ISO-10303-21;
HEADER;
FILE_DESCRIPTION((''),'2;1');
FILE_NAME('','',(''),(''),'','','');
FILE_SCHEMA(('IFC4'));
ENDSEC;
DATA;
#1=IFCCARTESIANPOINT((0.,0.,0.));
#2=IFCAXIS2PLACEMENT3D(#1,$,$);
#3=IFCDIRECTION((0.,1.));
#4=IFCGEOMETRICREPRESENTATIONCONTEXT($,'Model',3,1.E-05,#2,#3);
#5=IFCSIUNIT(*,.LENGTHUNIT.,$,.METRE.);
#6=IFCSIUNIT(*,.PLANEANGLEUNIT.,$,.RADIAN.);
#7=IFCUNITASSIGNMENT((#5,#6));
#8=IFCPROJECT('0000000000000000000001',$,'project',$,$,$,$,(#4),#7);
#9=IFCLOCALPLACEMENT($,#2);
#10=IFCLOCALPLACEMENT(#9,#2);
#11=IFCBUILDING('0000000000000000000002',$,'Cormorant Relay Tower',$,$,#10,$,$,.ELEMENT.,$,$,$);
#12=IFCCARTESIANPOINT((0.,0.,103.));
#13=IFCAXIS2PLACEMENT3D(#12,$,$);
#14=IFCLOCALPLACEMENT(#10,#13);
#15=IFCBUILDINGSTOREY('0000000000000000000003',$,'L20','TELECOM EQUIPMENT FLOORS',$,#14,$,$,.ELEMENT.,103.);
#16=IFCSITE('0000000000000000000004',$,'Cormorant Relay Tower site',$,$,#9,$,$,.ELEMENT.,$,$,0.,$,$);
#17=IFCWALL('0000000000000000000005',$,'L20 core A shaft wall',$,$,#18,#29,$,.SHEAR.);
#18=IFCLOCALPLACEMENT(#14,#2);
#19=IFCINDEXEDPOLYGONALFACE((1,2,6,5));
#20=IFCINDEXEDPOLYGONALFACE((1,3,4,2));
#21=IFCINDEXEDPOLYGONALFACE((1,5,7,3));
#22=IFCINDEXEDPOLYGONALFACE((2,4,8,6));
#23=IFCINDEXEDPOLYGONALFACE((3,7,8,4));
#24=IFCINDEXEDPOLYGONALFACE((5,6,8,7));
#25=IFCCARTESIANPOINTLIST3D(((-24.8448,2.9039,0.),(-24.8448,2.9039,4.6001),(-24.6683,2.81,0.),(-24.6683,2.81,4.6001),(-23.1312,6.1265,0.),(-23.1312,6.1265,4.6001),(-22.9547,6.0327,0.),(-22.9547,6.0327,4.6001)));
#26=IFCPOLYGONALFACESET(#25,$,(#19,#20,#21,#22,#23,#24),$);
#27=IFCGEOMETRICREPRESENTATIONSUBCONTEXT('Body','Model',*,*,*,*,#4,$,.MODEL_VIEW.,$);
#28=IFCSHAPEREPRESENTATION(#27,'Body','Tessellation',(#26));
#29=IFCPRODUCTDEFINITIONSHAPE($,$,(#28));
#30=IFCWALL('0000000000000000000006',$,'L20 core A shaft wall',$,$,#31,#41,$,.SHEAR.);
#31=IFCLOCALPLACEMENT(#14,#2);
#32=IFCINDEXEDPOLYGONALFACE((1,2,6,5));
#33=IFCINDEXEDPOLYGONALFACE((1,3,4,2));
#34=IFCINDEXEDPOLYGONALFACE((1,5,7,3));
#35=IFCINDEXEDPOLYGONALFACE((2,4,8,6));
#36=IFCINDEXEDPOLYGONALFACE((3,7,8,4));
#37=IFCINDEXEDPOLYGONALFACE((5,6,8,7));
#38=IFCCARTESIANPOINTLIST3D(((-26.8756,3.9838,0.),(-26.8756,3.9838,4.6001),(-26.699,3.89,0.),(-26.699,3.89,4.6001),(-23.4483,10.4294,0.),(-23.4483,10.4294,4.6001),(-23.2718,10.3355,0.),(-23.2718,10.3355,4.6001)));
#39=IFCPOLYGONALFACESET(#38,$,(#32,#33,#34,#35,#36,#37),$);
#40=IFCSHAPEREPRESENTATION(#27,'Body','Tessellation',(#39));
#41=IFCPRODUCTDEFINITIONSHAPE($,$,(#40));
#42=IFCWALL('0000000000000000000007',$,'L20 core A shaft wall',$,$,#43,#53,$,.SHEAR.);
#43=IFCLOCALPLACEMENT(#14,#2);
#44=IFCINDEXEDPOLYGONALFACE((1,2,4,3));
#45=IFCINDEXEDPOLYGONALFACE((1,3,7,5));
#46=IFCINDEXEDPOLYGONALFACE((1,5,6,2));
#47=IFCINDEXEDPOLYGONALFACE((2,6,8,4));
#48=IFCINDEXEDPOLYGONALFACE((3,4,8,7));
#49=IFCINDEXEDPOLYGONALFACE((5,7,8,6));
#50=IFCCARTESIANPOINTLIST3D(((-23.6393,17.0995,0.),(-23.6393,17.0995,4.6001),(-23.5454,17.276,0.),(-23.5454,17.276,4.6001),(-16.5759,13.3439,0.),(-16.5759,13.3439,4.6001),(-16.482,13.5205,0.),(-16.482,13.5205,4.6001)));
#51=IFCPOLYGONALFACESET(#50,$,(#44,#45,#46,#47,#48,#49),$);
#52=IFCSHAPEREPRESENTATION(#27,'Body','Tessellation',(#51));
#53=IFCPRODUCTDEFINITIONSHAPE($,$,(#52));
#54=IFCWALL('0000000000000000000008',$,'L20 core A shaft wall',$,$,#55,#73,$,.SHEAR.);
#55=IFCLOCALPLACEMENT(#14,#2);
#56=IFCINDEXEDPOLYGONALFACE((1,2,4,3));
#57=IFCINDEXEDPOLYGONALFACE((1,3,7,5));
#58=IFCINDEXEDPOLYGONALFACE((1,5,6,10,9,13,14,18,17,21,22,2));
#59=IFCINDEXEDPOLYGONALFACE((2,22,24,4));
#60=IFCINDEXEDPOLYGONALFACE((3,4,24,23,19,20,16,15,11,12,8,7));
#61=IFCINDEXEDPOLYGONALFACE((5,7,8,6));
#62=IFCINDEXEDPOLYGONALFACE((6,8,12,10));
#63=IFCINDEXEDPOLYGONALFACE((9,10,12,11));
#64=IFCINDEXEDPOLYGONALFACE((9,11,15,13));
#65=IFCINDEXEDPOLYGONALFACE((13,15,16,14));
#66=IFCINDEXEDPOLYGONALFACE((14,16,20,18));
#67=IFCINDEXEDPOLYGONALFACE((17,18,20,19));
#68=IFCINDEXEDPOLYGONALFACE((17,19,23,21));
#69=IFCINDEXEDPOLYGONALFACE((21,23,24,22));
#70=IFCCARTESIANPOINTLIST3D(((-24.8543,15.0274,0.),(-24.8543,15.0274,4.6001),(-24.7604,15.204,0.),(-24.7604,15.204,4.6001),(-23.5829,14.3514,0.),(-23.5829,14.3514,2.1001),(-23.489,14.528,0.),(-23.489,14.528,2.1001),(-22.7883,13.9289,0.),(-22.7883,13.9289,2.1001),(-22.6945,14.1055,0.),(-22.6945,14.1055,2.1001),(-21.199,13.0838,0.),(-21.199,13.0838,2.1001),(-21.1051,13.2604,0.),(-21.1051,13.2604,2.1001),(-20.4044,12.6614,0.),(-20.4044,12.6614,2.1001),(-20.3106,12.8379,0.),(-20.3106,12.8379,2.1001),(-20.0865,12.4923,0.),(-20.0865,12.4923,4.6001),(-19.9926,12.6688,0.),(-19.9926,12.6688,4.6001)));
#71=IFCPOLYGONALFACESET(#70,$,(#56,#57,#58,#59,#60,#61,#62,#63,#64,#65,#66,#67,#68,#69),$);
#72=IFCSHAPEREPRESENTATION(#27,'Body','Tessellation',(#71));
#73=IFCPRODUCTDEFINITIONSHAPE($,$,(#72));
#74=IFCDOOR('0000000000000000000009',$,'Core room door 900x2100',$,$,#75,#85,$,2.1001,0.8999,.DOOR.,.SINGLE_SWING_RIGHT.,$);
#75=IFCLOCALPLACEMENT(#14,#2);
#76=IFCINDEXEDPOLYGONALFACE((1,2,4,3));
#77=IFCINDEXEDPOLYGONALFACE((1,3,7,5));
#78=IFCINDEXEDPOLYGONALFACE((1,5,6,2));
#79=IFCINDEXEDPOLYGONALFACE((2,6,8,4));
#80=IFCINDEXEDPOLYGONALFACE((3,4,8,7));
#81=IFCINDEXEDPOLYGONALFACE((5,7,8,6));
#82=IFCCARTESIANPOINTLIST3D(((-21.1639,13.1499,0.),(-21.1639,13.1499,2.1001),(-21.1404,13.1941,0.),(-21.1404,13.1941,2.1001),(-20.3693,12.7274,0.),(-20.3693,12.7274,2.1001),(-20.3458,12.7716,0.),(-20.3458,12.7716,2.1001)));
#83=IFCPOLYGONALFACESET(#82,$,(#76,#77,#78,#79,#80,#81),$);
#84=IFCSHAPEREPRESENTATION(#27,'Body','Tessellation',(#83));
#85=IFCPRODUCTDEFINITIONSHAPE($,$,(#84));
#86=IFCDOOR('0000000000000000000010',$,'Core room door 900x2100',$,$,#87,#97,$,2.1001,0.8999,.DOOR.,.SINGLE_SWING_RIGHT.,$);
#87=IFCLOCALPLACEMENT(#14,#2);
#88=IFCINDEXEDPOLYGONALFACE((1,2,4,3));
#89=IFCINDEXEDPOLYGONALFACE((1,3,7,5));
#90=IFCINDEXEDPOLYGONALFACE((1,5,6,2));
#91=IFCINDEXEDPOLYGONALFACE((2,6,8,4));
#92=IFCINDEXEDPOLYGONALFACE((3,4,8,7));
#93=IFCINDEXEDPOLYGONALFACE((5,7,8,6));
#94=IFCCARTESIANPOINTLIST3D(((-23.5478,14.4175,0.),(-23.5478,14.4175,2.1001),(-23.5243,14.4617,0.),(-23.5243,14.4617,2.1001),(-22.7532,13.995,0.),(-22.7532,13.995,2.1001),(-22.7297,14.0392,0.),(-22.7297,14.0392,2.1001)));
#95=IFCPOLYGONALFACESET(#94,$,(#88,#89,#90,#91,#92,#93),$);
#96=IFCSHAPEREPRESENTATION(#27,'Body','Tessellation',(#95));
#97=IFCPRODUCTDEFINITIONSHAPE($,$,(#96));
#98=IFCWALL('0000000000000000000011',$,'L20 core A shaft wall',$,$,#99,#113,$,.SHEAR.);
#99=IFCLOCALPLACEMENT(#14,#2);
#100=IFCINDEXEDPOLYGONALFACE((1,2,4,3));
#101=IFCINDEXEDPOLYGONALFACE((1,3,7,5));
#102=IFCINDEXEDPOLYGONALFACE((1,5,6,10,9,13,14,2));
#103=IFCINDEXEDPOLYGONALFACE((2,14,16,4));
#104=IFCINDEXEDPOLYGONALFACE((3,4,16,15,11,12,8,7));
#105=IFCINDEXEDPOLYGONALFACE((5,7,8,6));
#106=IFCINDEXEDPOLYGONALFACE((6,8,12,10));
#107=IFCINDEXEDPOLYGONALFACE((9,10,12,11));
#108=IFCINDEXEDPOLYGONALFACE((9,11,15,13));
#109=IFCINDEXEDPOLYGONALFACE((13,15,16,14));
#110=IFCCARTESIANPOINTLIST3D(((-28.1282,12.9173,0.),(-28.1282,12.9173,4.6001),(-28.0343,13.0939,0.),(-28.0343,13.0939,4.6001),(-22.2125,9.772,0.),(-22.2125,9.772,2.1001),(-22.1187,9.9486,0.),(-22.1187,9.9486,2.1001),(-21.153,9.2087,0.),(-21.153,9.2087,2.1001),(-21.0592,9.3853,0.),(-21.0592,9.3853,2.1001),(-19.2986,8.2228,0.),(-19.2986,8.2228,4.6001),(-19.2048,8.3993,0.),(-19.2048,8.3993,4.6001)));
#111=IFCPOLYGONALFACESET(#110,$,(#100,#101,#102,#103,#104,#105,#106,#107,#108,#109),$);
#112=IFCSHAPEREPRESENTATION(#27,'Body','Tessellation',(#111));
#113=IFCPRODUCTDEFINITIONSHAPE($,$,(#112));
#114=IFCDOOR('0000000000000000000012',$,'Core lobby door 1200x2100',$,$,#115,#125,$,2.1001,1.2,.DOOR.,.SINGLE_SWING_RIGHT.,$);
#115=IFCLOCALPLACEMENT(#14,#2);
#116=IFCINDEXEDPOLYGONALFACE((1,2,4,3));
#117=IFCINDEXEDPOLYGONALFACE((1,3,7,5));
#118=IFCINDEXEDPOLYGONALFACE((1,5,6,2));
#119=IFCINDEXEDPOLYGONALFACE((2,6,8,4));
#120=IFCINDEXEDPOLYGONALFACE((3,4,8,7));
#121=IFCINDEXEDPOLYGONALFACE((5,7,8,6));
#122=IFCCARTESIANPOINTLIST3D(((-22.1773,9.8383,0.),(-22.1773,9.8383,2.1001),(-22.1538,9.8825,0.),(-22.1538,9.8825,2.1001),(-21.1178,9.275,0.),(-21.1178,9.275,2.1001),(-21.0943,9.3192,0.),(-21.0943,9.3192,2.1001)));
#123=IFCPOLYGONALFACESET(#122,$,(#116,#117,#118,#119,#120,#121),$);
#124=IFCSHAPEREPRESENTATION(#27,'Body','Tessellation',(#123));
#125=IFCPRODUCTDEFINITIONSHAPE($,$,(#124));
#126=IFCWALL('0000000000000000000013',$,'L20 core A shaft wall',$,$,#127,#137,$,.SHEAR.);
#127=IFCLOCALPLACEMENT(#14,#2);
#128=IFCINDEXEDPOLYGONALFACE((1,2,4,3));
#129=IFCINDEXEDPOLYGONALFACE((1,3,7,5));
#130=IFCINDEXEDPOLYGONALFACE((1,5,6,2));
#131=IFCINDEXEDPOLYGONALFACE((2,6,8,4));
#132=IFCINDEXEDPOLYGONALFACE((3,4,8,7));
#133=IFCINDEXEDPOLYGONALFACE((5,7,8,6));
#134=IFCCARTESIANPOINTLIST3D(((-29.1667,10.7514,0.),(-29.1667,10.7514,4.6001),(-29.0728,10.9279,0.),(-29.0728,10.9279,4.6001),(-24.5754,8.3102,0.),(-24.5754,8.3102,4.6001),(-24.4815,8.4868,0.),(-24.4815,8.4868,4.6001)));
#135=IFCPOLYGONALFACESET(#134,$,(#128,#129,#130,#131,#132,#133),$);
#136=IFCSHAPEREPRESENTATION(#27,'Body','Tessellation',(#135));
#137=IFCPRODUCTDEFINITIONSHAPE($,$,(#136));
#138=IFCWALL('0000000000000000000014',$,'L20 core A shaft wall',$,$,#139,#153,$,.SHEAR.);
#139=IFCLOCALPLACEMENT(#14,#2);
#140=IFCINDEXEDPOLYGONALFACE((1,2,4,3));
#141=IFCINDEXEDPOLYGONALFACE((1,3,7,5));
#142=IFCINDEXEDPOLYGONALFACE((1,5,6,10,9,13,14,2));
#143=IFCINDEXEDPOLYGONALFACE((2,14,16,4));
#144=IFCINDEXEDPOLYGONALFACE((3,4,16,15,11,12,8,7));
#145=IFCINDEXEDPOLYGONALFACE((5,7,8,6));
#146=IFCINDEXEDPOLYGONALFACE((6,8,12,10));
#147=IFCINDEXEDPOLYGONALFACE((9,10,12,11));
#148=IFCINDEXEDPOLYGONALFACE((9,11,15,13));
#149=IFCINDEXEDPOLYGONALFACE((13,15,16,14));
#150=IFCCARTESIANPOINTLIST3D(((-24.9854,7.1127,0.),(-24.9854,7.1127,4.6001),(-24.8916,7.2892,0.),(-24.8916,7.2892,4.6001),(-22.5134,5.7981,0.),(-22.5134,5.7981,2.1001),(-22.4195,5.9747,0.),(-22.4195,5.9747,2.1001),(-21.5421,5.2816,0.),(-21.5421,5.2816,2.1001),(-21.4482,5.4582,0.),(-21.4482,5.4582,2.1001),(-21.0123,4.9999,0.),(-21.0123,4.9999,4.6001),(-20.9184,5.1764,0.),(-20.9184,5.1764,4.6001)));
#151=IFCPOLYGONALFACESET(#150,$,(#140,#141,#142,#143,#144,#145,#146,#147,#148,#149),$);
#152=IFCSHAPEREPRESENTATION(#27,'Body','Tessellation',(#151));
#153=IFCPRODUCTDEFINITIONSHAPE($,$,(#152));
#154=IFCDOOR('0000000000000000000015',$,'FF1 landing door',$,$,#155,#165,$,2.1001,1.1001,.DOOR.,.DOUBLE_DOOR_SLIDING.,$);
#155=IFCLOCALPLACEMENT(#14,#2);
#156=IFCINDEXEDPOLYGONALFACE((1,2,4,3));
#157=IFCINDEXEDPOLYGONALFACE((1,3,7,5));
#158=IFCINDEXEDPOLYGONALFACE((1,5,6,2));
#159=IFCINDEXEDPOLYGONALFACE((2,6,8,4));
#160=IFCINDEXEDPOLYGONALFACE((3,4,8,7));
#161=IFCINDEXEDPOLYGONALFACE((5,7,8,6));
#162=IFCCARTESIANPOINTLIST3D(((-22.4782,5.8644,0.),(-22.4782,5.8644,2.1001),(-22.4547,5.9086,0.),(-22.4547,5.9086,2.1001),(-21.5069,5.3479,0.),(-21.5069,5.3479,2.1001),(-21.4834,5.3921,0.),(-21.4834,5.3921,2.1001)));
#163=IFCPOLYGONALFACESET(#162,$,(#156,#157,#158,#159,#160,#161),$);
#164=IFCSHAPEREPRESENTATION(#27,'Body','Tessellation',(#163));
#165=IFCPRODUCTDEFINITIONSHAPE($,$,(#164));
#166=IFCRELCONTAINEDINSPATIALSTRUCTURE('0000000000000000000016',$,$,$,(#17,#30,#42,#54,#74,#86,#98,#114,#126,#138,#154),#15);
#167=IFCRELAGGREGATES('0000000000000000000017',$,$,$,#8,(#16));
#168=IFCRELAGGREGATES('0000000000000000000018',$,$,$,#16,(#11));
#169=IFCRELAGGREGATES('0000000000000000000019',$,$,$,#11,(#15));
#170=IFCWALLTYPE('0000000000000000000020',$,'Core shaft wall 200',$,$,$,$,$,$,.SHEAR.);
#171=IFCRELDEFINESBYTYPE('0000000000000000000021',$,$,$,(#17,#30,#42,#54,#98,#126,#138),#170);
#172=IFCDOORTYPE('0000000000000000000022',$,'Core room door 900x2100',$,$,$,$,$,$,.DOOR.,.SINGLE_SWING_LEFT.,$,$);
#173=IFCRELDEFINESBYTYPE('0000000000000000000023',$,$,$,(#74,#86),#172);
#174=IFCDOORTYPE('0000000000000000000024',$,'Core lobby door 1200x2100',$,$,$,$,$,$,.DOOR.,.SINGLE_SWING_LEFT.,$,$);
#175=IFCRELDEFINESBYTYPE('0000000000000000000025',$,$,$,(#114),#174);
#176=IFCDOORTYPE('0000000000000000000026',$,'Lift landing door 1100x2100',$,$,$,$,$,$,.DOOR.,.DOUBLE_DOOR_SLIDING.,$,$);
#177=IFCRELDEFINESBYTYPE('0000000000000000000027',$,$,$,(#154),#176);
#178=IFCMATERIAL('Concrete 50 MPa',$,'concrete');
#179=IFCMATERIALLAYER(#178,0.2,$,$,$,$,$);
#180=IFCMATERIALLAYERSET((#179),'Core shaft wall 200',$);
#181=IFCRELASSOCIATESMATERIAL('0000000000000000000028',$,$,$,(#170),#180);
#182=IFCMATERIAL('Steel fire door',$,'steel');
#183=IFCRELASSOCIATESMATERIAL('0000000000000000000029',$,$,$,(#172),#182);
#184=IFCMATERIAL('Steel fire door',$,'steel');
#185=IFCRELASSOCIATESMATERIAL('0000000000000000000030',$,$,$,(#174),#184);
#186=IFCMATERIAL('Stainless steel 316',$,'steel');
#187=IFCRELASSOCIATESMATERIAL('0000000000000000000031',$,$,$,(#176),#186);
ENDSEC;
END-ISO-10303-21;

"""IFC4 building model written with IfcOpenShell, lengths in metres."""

from ifc_helpers import new_model, si_unit, direction, frame, frame_2d, origin, place, context, subcontext, project, spatial, rectangle, extrude, material, layer, layer_set, type_object, element, fill, save


model = new_model("IFC4")

# Units and contexts
model_context = context("Model", 3, precision=1e-05, world=origin(), true_north=direction((0.0, 1.0)))
body_context = subcontext(model_context, "Body", "Model", "MODEL_VIEW")
ifc_project = project(units=[si_unit("LENGTHUNIT", "METRE"), si_unit("PLANEANGLEUNIT", "RADIAN")], contexts=[model_context])

# Site, building, storey
site_placement = place(None, origin())
site = spatial("IfcSite", under=ifc_project, at=site_placement, Name="Cormorant Relay Tower site", CompositionType="ELEMENT", RefElevation=0.0)
building_placement = place(site_placement, origin())
building = spatial("IfcBuilding", under=site, at=building_placement, Name="Cormorant Relay Tower", CompositionType="ELEMENT")
storey_placement = place(building_placement, frame((0.0, 0.0, 103.0)))
storey = spatial("IfcBuildingStorey", under=building, at=storey_placement, Name="L20", Description="TELECOM EQUIPMENT FLOORS", CompositionType="ELEMENT", Elevation=103.0)

# Walls
ifc_material_1 = material(Name="Concrete 50 MPa", Category="concrete")
ifc_layer_1 = layer(ifc_material_1, 0.2)
ifc_layer_set_1 = layer_set([ifc_layer_1], Name="Core shaft wall 200")
wall_type_1 = type_object("IfcWallType", Name="Core shaft wall 200", PredefinedType="SHEAR", material=ifc_layer_set_1)
wall_1_placement = place(storey_placement, frame((-23.043, 6.0796, 0.0), z_axis=(0.0, 0.0, 1.0), x_axis=(-0.469494, -0.882936, 0.0)))
element("IfcWall", 1, at=wall_1_placement, inside=storey, type_object=wall_type_1, Name="L20 core A shaft wall", PredefinedType="SHEAR", context=body_context, shape_type="SweptSolid", body=[
    extrude(rectangle(XDim=3.6499, YDim=0.2, at=frame_2d((1.825, 0.0))), origin(), (0.0, 0.0, 1.0), 4.6001),
])
wall_2_placement = place(storey_placement, frame((-23.3601, 10.3823, 0.0), z_axis=(0.0, 0.0, 1.0), x_axis=(-0.46948, -0.882943, 0.0)))
element("IfcWall", 2, at=wall_2_placement, inside=storey, type_object=wall_type_1, Name="L20 core A shaft wall", PredefinedType="SHEAR", context=body_context, shape_type="SweptSolid", body=[
    extrude(rectangle(XDim=7.3, YDim=0.2, at=frame_2d((3.6499, 0.0))), origin(), (0.0, 0.0, 1.0), 4.6001),
])
wall_3_placement = place(storey_placement, frame((-16.5288, 13.4321, 0.0), z_axis=(0.0, 0.0, 1.0), x_axis=(-0.882953, 0.469462, 0.0)))
element("IfcWall", 3, at=wall_3_placement, inside=storey, type_object=wall_type_1, Name="L20 core A shaft wall", PredefinedType="SHEAR", context=body_context, shape_type="SweptSolid", body=[
    extrude(rectangle(XDim=7.9998, YDim=0.2, at=frame_2d((4.0, 0.0))), origin(), (0.0, 0.0, 1.0), 4.6001),
])

# Wall, openings, doors
wall_4_placement = place(storey_placement, frame((-20.0396, 12.5806, 0.0), z_axis=(0.0, 0.0, 1.0), x_axis=(-0.882943, 0.46948, 0.0)))
wall_4 = element("IfcWall", 4, at=wall_4_placement, inside=storey, type_object=wall_type_1, Name="L20 core A shaft wall", PredefinedType="SHEAR", context=body_context, shape_type="SweptSolid", body=[
    extrude(rectangle(XDim=5.3999, YDim=0.2, at=frame_2d((2.7, 0.0))), origin(), (0.0, 0.0, 1.0), 4.6001),
])
opening_1_placement = place(wall_4_placement, frame((0.3601, 0.0, 0.0)))
opening_1 = element("IfcOpeningElement", 5, at=opening_1_placement, cuts=wall_4, PredefinedType="OPENING", context=body_context, shape_type="SweptSolid", body=[
    extrude(rectangle(XDim=0.8999, YDim=2.1001, at=frame_2d((0.45, 1.05))), frame((0.0, 0.1099, 0.0), z_axis=(0.0, -1.0, 0.0), x_axis=(1.0, 0.0, 0.0)), (0.0, 0.0, 1.0), 0.22),
])
opening_2_placement = place(wall_4_placement, frame((3.0601, 0.0, 0.0)))
opening_2 = element("IfcOpeningElement", 6, at=opening_2_placement, cuts=wall_4, PredefinedType="OPENING", context=body_context, shape_type="SweptSolid", body=[
    extrude(rectangle(XDim=0.8999, YDim=2.1001, at=frame_2d((0.45, 1.05))), frame((0.0, 0.1099, 0.0), z_axis=(0.0, -1.0, 0.0), x_axis=(1.0, 0.0, 0.0)), (0.0, 0.0, 1.0), 0.22),
])
ifc_material_2 = material(Name="Steel fire door", Category="steel")
door_type_1 = type_object("IfcDoorType", Name="Core room door 900x2100", OperationType="SINGLE_SWING_LEFT", PredefinedType="DOOR", material=ifc_material_2)
door_1_placement = place(opening_1_placement, frame((0.8999, 0.0, 0.0), z_axis=(0.0, 0.0, 1.0), x_axis=(-1.0, 0.0, 0.0)))
door_1 = element("IfcDoor", 7, at=door_1_placement, inside=storey, type_object=door_type_1, Name="Core room door 900x2100", OperationType="SINGLE_SWING_RIGHT", OverallHeight=2.1001, OverallWidth=0.8999, PredefinedType="DOOR", context=body_context, shape_type="SweptSolid", body=[
    extrude(rectangle(XDim=0.8999, YDim=2.1001, at=frame_2d((0.45, 1.05))), frame((0.0, 0.0249, 0.0), z_axis=(0.0, -1.0, 0.0), x_axis=(1.0, 0.0, 0.0)), (0.0, 0.0, 1.0), 0.05),
])
fill(opening_1, door_1)
door_2_placement = place(opening_2_placement, frame((0.8999, 0.0, 0.0), z_axis=(0.0, 0.0, 1.0), x_axis=(-1.0, 0.0, 0.0)))
door_2 = element("IfcDoor", 8, at=door_2_placement, inside=storey, type_object=door_type_1, Name="Core room door 900x2100", OperationType="SINGLE_SWING_RIGHT", OverallHeight=2.1001, OverallWidth=0.8999, PredefinedType="DOOR", context=body_context, shape_type="SweptSolid", body=[
    extrude(rectangle(XDim=0.8999, YDim=2.1001, at=frame_2d((0.45, 1.05))), frame((0.0, 0.0249, 0.0), z_axis=(0.0, -1.0, 0.0), x_axis=(1.0, 0.0, 0.0)), (0.0, 0.0, 1.0), 0.05),
])
fill(opening_2, door_2)

# Wall, opening, door
wall_5_placement = place(storey_placement, frame((-19.2517, 8.311, 0.0), z_axis=(0.0, 0.0, 1.0), x_axis=(-0.882956, 0.469456, 0.0)))
wall_5 = element("IfcWall", 9, at=wall_5_placement, inside=storey, type_object=wall_type_1, Name="L20 core A shaft wall", PredefinedType="SHEAR", context=body_context, shape_type="SweptSolid", body=[
    extrude(rectangle(XDim=10.0, YDim=0.2, at=frame_2d((5.0, 0.0))), origin(), (0.0, 0.0, 1.0), 4.6001),
])
opening_3_placement = place(wall_5_placement, frame((2.1001, 0.0, 0.0)))
opening_3 = element("IfcOpeningElement", 10, at=opening_3_placement, cuts=wall_5, PredefinedType="OPENING", context=body_context, shape_type="SweptSolid", body=[
    extrude(rectangle(XDim=1.2, YDim=2.1001, at=frame_2d((0.6001, 1.05))), frame((0.0, 0.1099, 0.0), z_axis=(0.0, -1.0, 0.0), x_axis=(1.0, 0.0, 0.0)), (0.0, 0.0, 1.0), 0.22),
])
ifc_material_3 = material(Name="Steel fire door", Category="steel")
door_type_2 = type_object("IfcDoorType", Name="Core lobby door 1200x2100", OperationType="SINGLE_SWING_LEFT", PredefinedType="DOOR", material=ifc_material_3)
door_3_placement = place(opening_3_placement, origin())
door_3 = element("IfcDoor", 11, at=door_3_placement, inside=storey, type_object=door_type_2, Name="Core lobby door 1200x2100", OperationType="SINGLE_SWING_RIGHT", OverallHeight=2.1001, OverallWidth=1.2, PredefinedType="DOOR", context=body_context, shape_type="SweptSolid", body=[
    extrude(rectangle(XDim=1.2, YDim=2.1001, at=frame_2d((0.6001, 1.05))), frame((0.0, 0.0249, 0.0), z_axis=(0.0, -1.0, 0.0), x_axis=(1.0, 0.0, 0.0)), (0.0, 0.0, 1.0), 0.05),
])
fill(opening_3, door_3)

# Wall
wall_6_placement = place(storey_placement, frame((-24.5283, 8.3984, 0.0), z_axis=(0.0, 0.0, 1.0), x_axis=(-0.882954, 0.46946, 0.0)))
element("IfcWall", 12, at=wall_6_placement, inside=storey, type_object=wall_type_1, Name="L20 core A shaft wall", PredefinedType="SHEAR", context=body_context, shape_type="SweptSolid", body=[
    extrude(rectangle(XDim=5.2, YDim=0.2, at=frame_2d((2.6001, 0.0))), origin(), (0.0, 0.0, 1.0), 4.6001),
])

# Wall, opening, door
wall_7_placement = place(storey_placement, frame((-20.9653, 5.0881, 0.0), z_axis=(0.0, 0.0, 1.0), x_axis=(-0.882926, 0.469512, 0.0)))
wall_7 = element("IfcWall", 13, at=wall_7_placement, inside=storey, type_object=wall_type_1, Name="L20 core A shaft wall", PredefinedType="SHEAR", context=body_context, shape_type="SweptSolid", body=[
    extrude(rectangle(XDim=4.5, YDim=0.2, at=frame_2d((2.25, 0.0))), origin(), (0.0, 0.0, 1.0), 4.6001),
])
opening_4_placement = place(wall_7_placement, frame((0.6001, 0.0, 0.0)))
opening_4 = element("IfcOpeningElement", 14, at=opening_4_placement, cuts=wall_7, PredefinedType="OPENING", context=body_context, shape_type="SweptSolid", body=[
    extrude(rectangle(XDim=1.1001, YDim=2.1001, at=frame_2d((0.55, 1.05))), frame((0.0, 0.1099, 0.0), z_axis=(0.0, -1.0, 0.0), x_axis=(1.0, 0.0, 0.0)), (0.0, 0.0, 1.0), 0.22),
])
ifc_material_4 = material(Name="Stainless steel 316", Category="steel")
door_type_3 = type_object("IfcDoorType", Name="Lift landing door 1100x2100", OperationType="DOUBLE_DOOR_SLIDING", PredefinedType="DOOR", material=ifc_material_4)
door_4_placement = place(opening_4_placement, origin())
door_4 = element("IfcDoor", 15, at=door_4_placement, inside=storey, type_object=door_type_3, Name="FF1 landing door", OperationType="DOUBLE_DOOR_SLIDING", OverallHeight=2.1001, OverallWidth=1.1001, PredefinedType="DOOR", context=body_context, shape_type="SweptSolid", body=[
    extrude(rectangle(XDim=1.1001, YDim=2.1001, at=frame_2d((0.55, 1.05))), frame((0.0, 0.0249, 0.0), z_axis=(0.0, -1.0, 0.0), x_axis=(1.0, 0.0, 0.0)), (0.0, 0.0, 1.0), 0.05),
])
fill(opening_4, door_4)

save(model, "model.ifc")
